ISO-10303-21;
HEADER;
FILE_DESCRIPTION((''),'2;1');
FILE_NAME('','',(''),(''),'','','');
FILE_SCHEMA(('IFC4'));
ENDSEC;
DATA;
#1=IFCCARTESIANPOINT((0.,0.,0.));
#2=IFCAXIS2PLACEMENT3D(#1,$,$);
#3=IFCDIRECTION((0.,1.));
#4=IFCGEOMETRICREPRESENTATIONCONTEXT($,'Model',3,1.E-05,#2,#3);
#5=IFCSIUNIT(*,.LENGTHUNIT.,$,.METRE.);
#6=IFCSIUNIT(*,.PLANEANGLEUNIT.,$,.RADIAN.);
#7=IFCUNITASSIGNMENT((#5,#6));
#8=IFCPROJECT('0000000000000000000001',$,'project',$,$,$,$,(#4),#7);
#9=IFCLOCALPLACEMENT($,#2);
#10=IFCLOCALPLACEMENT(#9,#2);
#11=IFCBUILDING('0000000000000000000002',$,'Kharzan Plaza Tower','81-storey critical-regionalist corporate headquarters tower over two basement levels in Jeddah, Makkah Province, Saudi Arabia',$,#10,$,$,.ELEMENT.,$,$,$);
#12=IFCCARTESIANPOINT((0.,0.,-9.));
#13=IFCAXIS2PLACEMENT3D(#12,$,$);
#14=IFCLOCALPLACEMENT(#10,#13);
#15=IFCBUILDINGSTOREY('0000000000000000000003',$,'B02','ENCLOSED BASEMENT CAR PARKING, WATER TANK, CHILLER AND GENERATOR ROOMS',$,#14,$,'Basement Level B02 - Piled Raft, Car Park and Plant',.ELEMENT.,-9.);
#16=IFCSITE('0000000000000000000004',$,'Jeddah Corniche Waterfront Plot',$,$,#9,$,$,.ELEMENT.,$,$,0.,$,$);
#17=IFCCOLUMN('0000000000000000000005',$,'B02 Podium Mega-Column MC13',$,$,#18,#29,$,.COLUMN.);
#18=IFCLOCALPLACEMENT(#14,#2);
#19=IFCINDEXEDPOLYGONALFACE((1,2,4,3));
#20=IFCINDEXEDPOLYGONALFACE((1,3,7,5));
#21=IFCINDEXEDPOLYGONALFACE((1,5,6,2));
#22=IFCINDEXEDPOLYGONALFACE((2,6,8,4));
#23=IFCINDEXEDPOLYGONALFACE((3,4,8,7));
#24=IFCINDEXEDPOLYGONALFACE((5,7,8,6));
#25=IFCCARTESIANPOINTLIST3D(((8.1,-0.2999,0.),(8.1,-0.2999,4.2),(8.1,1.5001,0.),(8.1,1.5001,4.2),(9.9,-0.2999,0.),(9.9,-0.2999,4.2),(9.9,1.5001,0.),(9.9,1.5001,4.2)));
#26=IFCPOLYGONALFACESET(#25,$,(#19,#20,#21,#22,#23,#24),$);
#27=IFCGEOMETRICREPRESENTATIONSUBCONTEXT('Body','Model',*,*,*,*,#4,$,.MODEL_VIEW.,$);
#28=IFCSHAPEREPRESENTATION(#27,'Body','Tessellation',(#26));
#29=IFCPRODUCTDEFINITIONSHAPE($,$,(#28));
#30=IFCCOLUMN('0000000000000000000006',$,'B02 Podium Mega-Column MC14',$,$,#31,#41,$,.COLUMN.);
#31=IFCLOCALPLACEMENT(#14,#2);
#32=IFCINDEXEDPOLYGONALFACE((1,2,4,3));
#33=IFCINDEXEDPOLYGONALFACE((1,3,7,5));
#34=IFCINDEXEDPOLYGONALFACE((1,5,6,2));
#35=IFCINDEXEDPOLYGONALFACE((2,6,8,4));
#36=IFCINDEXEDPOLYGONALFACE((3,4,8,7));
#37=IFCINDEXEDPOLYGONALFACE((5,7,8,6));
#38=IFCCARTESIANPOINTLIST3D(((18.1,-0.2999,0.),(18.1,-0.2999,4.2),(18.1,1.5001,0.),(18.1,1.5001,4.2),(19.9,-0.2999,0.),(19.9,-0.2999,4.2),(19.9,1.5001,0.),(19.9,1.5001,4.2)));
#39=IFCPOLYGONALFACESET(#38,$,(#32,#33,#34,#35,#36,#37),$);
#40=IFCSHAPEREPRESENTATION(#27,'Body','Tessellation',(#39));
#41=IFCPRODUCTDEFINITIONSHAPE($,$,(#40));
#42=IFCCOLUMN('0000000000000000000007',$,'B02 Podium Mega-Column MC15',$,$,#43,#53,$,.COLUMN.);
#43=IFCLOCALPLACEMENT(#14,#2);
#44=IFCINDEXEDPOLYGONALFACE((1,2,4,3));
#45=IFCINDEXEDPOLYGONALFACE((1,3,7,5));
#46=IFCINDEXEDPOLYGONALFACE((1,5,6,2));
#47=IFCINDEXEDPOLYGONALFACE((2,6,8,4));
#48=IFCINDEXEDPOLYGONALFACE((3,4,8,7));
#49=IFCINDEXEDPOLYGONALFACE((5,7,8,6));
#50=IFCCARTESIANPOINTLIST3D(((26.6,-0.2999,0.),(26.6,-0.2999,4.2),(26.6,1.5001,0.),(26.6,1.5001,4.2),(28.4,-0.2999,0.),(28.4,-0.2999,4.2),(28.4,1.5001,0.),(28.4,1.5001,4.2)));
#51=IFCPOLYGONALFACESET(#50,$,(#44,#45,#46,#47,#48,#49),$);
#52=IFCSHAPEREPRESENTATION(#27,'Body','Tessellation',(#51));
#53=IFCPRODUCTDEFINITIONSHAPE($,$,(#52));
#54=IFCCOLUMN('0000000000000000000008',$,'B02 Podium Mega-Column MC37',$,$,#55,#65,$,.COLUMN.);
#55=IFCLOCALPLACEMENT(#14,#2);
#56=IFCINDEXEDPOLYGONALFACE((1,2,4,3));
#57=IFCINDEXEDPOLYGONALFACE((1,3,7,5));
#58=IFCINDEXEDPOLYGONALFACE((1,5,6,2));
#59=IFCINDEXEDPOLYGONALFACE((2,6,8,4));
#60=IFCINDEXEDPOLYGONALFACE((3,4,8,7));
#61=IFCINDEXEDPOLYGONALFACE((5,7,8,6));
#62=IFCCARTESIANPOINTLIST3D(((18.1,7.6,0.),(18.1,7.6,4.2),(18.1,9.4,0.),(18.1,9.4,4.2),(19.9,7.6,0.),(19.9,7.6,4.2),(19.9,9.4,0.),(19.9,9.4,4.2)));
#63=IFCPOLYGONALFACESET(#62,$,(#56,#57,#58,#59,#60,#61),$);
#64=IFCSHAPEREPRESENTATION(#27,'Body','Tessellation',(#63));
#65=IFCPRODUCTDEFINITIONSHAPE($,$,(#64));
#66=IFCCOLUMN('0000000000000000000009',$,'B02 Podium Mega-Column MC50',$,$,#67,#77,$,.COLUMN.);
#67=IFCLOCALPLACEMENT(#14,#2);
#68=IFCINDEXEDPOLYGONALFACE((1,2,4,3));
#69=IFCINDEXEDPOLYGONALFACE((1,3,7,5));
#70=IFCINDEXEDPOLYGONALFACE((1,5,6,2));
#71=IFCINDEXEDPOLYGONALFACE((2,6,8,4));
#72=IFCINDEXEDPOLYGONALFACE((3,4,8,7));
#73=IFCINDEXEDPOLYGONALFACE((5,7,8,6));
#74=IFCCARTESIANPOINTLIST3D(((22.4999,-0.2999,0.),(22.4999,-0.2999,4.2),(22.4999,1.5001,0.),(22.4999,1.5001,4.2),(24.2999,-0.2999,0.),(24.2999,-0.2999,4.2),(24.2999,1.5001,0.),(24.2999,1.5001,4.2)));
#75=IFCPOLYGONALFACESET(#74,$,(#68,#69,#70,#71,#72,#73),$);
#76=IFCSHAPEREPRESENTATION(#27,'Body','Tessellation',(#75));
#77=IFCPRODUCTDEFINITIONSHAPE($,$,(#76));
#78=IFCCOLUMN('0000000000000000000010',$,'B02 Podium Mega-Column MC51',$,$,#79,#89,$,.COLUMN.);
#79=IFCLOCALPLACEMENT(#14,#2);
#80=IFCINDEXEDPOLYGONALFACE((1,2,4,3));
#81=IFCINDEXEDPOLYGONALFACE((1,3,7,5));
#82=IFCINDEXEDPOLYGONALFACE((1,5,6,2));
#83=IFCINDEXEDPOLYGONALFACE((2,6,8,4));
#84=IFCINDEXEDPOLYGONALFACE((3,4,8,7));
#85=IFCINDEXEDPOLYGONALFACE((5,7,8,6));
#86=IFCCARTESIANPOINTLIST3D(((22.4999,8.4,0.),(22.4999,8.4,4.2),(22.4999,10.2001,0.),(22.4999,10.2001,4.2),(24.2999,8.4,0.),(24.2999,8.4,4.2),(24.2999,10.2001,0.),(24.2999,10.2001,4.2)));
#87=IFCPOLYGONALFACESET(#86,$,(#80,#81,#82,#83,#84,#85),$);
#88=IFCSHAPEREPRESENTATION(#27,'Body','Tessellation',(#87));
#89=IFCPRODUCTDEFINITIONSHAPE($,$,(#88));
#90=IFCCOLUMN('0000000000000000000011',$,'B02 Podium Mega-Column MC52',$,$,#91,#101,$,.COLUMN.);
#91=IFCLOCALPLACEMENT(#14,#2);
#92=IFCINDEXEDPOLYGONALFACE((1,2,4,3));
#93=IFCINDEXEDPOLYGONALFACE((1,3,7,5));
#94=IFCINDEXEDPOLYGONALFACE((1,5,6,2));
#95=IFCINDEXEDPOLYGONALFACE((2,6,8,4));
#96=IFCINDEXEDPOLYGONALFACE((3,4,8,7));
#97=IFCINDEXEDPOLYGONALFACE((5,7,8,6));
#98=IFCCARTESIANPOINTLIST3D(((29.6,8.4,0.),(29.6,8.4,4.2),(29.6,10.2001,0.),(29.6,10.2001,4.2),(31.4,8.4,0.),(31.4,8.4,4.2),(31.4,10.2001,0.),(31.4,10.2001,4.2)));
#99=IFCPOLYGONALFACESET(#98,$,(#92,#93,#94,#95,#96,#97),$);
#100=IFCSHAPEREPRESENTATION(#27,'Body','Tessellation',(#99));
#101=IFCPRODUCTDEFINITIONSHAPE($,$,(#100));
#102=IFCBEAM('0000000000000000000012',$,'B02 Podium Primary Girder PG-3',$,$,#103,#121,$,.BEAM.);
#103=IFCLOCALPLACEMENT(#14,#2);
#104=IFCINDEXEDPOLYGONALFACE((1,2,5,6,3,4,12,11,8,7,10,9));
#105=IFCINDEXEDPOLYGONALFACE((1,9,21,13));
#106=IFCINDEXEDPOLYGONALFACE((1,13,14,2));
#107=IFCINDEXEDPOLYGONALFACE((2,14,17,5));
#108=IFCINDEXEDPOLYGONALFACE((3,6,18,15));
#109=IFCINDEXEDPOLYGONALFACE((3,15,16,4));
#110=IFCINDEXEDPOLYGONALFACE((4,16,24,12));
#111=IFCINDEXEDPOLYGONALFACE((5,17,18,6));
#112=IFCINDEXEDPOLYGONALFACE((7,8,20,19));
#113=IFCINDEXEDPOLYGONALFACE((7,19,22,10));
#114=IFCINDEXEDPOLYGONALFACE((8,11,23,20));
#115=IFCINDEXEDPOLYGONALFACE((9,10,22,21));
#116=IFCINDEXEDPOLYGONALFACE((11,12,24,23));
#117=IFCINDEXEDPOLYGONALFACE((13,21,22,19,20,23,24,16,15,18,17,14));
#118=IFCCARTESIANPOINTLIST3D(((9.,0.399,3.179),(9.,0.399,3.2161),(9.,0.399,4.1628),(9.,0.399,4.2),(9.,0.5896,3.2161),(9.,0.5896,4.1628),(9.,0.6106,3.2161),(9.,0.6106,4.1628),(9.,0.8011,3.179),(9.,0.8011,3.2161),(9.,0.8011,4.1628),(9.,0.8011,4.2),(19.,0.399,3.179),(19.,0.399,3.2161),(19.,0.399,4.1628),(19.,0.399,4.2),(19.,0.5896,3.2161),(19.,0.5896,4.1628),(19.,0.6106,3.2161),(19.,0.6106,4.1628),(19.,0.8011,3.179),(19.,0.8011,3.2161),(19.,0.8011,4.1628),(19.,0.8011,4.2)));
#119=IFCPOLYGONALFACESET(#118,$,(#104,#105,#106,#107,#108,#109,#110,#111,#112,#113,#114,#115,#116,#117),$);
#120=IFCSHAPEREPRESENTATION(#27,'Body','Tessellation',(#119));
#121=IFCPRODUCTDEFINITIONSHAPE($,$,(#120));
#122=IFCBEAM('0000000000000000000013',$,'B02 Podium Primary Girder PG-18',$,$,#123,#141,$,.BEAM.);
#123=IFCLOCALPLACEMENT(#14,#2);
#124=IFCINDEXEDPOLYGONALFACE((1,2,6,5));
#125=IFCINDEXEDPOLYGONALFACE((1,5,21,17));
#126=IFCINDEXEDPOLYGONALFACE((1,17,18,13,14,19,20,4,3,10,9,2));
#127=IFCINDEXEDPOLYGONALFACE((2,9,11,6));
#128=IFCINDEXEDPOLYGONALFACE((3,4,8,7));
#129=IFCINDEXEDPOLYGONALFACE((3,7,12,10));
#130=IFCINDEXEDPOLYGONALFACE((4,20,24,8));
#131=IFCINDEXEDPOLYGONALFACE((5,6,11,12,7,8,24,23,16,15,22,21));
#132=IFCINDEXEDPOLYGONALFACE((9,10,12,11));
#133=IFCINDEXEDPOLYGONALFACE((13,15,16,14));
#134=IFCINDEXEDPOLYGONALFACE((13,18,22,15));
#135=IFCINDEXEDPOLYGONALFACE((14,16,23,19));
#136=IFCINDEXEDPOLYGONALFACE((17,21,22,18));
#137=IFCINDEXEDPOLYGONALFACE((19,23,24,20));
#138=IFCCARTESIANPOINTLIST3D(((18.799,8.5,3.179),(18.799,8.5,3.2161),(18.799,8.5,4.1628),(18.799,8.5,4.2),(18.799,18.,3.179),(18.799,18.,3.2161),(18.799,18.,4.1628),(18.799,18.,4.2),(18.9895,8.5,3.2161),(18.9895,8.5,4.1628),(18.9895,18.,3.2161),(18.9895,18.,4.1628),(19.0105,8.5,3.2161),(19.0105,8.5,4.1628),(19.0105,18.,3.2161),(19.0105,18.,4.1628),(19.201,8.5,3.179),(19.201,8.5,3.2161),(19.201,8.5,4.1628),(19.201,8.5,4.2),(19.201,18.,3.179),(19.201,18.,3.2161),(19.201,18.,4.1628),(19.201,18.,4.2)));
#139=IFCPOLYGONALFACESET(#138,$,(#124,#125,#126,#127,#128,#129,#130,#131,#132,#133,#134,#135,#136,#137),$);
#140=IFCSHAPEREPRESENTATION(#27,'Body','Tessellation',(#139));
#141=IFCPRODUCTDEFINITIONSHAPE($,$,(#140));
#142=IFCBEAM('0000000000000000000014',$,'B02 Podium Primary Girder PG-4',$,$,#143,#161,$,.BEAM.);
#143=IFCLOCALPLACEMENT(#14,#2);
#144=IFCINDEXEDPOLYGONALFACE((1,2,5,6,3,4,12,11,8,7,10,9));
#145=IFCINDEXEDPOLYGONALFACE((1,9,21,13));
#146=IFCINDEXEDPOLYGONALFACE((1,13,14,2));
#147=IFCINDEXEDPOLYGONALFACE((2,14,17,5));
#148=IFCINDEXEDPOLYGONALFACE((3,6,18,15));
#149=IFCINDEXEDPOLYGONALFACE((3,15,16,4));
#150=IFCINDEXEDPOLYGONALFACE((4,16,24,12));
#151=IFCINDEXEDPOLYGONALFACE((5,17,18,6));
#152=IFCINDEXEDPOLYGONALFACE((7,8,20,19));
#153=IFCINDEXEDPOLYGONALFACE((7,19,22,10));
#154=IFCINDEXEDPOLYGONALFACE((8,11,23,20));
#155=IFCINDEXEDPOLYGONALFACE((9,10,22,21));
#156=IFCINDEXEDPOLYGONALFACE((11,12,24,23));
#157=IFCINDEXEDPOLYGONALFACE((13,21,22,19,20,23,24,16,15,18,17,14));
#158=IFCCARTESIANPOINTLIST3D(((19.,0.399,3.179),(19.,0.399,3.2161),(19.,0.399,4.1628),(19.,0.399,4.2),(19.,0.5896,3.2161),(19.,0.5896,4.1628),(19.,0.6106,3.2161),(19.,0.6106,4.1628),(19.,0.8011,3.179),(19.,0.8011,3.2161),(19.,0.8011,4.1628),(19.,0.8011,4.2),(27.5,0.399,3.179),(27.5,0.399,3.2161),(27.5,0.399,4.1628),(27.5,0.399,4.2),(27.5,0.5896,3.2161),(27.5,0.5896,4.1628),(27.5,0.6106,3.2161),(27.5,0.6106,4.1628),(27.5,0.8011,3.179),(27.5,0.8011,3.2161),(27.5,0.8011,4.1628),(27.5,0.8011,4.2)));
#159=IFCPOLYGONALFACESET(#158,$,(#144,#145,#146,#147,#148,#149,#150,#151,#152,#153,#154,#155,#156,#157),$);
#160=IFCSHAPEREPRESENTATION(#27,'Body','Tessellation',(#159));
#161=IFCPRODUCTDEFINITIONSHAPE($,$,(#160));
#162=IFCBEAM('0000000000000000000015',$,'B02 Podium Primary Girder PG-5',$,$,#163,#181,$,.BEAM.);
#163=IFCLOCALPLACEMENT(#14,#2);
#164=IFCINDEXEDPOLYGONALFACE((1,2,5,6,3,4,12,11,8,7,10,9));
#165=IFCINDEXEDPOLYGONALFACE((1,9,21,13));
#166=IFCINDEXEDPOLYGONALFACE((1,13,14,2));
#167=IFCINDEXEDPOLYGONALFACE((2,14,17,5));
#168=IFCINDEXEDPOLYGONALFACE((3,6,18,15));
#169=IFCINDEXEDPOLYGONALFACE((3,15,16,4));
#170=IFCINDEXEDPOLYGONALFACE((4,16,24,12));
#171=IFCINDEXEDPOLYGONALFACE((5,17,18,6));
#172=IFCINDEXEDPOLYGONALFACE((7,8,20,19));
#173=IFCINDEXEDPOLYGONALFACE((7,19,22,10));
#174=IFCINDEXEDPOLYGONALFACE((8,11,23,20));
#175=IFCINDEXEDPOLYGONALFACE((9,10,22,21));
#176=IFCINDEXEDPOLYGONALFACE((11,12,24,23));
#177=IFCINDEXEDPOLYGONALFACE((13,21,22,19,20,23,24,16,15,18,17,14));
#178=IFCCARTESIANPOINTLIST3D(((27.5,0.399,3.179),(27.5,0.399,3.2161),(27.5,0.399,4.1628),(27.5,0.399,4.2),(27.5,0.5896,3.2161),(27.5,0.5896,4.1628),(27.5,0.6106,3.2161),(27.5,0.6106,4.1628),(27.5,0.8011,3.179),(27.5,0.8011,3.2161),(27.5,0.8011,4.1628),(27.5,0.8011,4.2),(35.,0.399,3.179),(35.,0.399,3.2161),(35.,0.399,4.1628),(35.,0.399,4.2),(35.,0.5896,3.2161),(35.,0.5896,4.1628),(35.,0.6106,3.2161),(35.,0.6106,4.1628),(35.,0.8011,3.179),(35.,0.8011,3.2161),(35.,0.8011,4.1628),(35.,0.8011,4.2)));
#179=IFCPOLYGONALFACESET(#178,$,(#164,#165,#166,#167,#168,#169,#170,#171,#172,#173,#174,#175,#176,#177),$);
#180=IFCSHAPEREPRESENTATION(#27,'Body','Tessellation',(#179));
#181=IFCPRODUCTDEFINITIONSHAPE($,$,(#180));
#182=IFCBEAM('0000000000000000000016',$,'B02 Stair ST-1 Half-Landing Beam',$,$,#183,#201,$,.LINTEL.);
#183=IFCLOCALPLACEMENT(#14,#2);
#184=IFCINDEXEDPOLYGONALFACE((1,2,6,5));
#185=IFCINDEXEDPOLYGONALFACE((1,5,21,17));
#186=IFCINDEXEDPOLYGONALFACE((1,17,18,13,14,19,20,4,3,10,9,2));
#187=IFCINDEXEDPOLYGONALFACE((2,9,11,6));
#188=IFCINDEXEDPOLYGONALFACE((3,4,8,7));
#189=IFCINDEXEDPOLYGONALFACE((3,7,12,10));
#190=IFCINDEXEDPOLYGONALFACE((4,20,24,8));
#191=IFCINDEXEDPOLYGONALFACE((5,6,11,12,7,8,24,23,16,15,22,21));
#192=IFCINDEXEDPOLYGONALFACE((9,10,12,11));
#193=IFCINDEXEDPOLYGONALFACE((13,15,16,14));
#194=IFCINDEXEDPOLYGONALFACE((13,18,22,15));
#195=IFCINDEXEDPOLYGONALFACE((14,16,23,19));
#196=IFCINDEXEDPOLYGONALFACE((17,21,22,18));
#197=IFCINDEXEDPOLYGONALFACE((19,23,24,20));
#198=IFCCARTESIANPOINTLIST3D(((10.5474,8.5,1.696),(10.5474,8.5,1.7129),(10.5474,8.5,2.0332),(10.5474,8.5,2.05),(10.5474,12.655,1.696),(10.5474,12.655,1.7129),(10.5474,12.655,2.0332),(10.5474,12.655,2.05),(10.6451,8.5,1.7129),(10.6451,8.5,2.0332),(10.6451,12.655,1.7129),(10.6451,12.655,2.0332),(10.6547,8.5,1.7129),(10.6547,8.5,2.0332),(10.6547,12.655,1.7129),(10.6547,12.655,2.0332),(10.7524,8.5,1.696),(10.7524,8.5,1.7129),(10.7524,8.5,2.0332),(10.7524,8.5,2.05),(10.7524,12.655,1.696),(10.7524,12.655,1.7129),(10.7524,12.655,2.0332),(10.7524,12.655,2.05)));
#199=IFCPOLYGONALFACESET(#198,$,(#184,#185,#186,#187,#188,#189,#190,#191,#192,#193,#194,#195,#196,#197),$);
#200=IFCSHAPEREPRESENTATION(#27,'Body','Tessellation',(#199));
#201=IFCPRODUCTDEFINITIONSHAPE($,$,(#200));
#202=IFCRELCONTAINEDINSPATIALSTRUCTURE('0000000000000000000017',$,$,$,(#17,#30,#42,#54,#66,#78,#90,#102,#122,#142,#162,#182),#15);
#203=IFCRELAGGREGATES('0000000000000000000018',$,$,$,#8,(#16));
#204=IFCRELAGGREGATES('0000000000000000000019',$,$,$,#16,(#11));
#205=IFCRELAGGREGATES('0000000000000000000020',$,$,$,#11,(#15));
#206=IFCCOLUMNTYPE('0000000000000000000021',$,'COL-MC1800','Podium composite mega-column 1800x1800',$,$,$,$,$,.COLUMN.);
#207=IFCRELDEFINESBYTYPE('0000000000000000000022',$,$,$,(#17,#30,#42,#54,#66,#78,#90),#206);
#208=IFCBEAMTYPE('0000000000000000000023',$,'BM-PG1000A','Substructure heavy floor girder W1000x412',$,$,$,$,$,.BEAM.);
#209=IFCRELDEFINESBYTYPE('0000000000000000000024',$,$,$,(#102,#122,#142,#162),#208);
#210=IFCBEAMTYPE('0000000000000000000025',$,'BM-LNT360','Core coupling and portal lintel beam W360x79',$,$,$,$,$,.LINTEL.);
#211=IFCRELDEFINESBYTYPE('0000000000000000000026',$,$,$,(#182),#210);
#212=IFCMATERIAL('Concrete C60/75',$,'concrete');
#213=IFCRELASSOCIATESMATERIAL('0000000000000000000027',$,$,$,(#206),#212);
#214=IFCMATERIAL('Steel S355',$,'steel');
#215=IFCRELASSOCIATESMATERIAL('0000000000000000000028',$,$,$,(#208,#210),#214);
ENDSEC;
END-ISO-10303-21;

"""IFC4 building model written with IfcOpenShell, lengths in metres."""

from ifc_helpers import new_model, si_unit, direction, frame, origin, origin_2d, place, context, subcontext, project, spatial, rectangle, i_section, extrude, source, transform, mapped, material, material_profile, profile_set, type_object, element, save


model = new_model("IFC4")

# Units and contexts
model_context = context("Model", 3, precision=1e-05, world=origin(), true_north=direction((0.0, 1.0)))
body_context = subcontext(model_context, "Body", "Model", "MODEL_VIEW")
ifc_project = project(units=[si_unit("LENGTHUNIT", "METRE"), si_unit("PLANEANGLEUNIT", "RADIAN")], contexts=[model_context])

# Site, building, storey
site_placement = place(None, origin())
site = spatial("IfcSite", under=ifc_project, at=site_placement, Name="Jeddah Corniche Waterfront Plot", CompositionType="ELEMENT", RefElevation=0.0)
building_placement = place(site_placement, origin())
building = spatial("IfcBuilding", under=site, at=building_placement, Name="Kharzan Plaza Tower", Description="81-storey critical-regionalist corporate headquarters tower over two basement levels in Jeddah, Makkah Province, Saudi Arabia", CompositionType="ELEMENT")
storey_placement = place(building_placement, frame((0.0, 0.0, -9.0)))
storey = spatial("IfcBuildingStorey", under=building, at=storey_placement, Name="B02", Description="ENCLOSED BASEMENT CAR PARKING, WATER TANK, CHILLER AND GENERATOR ROOMS", LongName="Basement Level B02 - Piled Raft, Car Park and Plant", CompositionType="ELEMENT", Elevation=-9.0)

# Columns
ifc_material_1 = material(Name="Concrete C60/75", Category="concrete")
ifc_material_profile_1 = material_profile(ifc_material_1, rectangle(XDim=1.8, YDim=1.8, at=origin_2d()), Name="RC-MC1800x1800")
ifc_profile_set_1 = profile_set([ifc_material_profile_1], Name="Concrete C60/75")
column_type = type_object("IfcColumnType", Name="COL-MC1800", Description="Podium composite mega-column 1800x1800", PredefinedType="COLUMN", material=ifc_profile_set_1)
shared_shape_1 = source(origin(), body_context, "Body", "SweptSolid", [
    extrude(rectangle(XDim=1.8, YDim=1.8, at=origin_2d()), origin(), (0.0, 0.0, 1.0), 4.2),
])
for number, where, z_axis, x_axis, name in (
    (1, (9.0, 0.6001, 0.0), (0.0, 0.0, 1.0), (1.0, 0.0, 0.0), "B02 Podium Mega-Column MC13"),
    (2, (19.0, 0.6001, 0.0), (0.0, 0.0, 1.0), (1.0, 0.0, 0.0), "B02 Podium Mega-Column MC14"),
    (3, (27.5, 0.6001, 0.0), (0.0, 0.0, 1.0), (1.0, 0.0, 0.0), "B02 Podium Mega-Column MC15"),
    (4, (19.0, 8.5, 0.0), (0.0, 0.0, 1.0), (1.0, 0.0, 0.0), "B02 Podium Mega-Column MC37"),
    (5, (23.3999, 0.6001, 0.0), (0.0, 0.0, 1.0), (1.0, 0.0, 0.0), "B02 Podium Mega-Column MC50"),
    (6, (23.3999, 9.3, 0.0), (0.0, 0.0, 1.0), (1.0, 0.0, 0.0), "B02 Podium Mega-Column MC51"),
    (7, (30.5, 9.3, 0.0), (0.0, 0.0, 1.0), (1.0, 0.0, 0.0), "B02 Podium Mega-Column MC52"),
):
    element("IfcColumn", number, at=place(storey_placement, frame(where, z_axis=z_axis, x_axis=x_axis)), inside=storey, type_object=column_type, Name=name, PredefinedType="COLUMN", context=body_context, shape_type="MappedRepresentation", body=[
        mapped(shared_shape_1, transform((0.0, 0.0, 0.0), x_axis=(1.0, 0.0, 0.0), y_axis=(0.0, 1.0, 0.0), z_axis=(0.0, 0.0, 1.0))),
    ])

# Beams
ifc_material_2 = material(Name="Steel S355", Category="steel")
ifc_material_profile_2 = material_profile(ifc_material_2, i_section(OverallWidth=0.4021, OverallDepth=1.021, WebThickness=0.021, FlangeThickness=0.0371, at=origin_2d()), Name="W1000x412")
ifc_profile_set_2 = profile_set([ifc_material_profile_2], Name="Steel S355")
beam_type_1 = type_object("IfcBeamType", Name="BM-PG1000A", Description="Substructure heavy floor girder W1000x412", PredefinedType="BEAM", material=ifc_profile_set_2)
shared_shape_2 = source(origin(), body_context, "Body", "SweptSolid", [
    extrude(i_section(OverallWidth=0.4021, OverallDepth=1.021, WebThickness=0.021, FlangeThickness=0.0371, at=origin_2d()), origin(), (0.0, 0.0, 1.0), 10.0),
])
beam_1_placement = place(storey_placement, frame((9.0, 0.6001, 3.6895), z_axis=(1.0, 0.0, 0.0), x_axis=(0.0, 1.0, 0.0)))
element("IfcBeam", 8, at=beam_1_placement, inside=storey, type_object=beam_type_1, Name="B02 Podium Primary Girder PG-3", PredefinedType="BEAM", context=body_context, shape_type="MappedRepresentation", body=[
    mapped(shared_shape_2, transform((0.0, 0.0, 0.0), x_axis=(1.0, 0.0, 0.0), y_axis=(0.0, 1.0, 0.0), z_axis=(0.0, 0.0, 1.0))),
])
shared_shape_3 = source(origin(), body_context, "Body", "SweptSolid", [
    extrude(i_section(OverallWidth=0.4021, OverallDepth=1.021, WebThickness=0.021, FlangeThickness=0.0371, at=origin_2d()), origin(), (0.0, 0.0, 1.0), 9.5),
])
beam_2_placement = place(storey_placement, frame((19.0, 8.5, 3.6895), z_axis=(0.0, 1.0, 0.0), x_axis=(-1.0, 0.0, 0.0)))
element("IfcBeam", 9, at=beam_2_placement, inside=storey, type_object=beam_type_1, Name="B02 Podium Primary Girder PG-18", PredefinedType="BEAM", context=body_context, shape_type="MappedRepresentation", body=[
    mapped(shared_shape_3, transform((0.0, 0.0, 0.0), x_axis=(1.0, 0.0, 0.0), y_axis=(0.0, 1.0, 0.0), z_axis=(0.0, 0.0, 1.0))),
])
shared_shape_4 = source(origin(), body_context, "Body", "SweptSolid", [
    extrude(i_section(OverallWidth=0.4021, OverallDepth=1.021, WebThickness=0.021, FlangeThickness=0.0371, at=origin_2d()), origin(), (0.0, 0.0, 1.0), 8.5),
])
beam_3_placement = place(storey_placement, frame((19.0, 0.6001, 3.6895), z_axis=(1.0, 0.0, 0.0), x_axis=(0.0, 1.0, 0.0)))
element("IfcBeam", 10, at=beam_3_placement, inside=storey, type_object=beam_type_1, Name="B02 Podium Primary Girder PG-4", PredefinedType="BEAM", context=body_context, shape_type="MappedRepresentation", body=[
    mapped(shared_shape_4, transform((0.0, 0.0, 0.0), x_axis=(1.0, 0.0, 0.0), y_axis=(0.0, 1.0, 0.0), z_axis=(0.0, 0.0, 1.0))),
])
shared_shape_5 = source(origin(), body_context, "Body", "SweptSolid", [
    extrude(i_section(OverallWidth=0.4021, OverallDepth=1.021, WebThickness=0.021, FlangeThickness=0.0371, at=origin_2d()), origin(), (0.0, 0.0, 1.0), 7.5),
])
beam_4_placement = place(storey_placement, frame((27.5, 0.6001, 3.6895), z_axis=(1.0, 0.0, 0.0), x_axis=(0.0, 1.0, 0.0)))
element("IfcBeam", 11, at=beam_4_placement, inside=storey, type_object=beam_type_1, Name="B02 Podium Primary Girder PG-5", PredefinedType="BEAM", context=body_context, shape_type="MappedRepresentation", body=[
    mapped(shared_shape_5, transform((0.0, 0.0, 0.0), x_axis=(1.0, 0.0, 0.0), y_axis=(0.0, 1.0, 0.0), z_axis=(0.0, 0.0, 1.0))),
])
ifc_material_profile_3 = material_profile(ifc_material_2, i_section(OverallWidth=0.2051, OverallDepth=0.354, WebThickness=0.0095, FlangeThickness=0.0168, at=origin_2d()), Name="W360x79")
ifc_profile_set_3 = profile_set([ifc_material_profile_3], Name="Steel S355")
beam_type_2 = type_object("IfcBeamType", Name="BM-LNT360", Description="Core coupling and portal lintel beam W360x79", PredefinedType="LINTEL", material=ifc_profile_set_3)
shared_shape_6 = source(origin(), body_context, "Body", "SweptSolid", [
    extrude(i_section(OverallWidth=0.2051, OverallDepth=0.354, WebThickness=0.0095, FlangeThickness=0.0168, at=origin_2d()), origin(), (0.0, 0.0, 1.0), 4.155),
])
beam_5_placement = place(storey_placement, frame((10.6499, 8.5, 1.873), z_axis=(0.0, 1.0, 0.0), x_axis=(-1.0, 0.0, 0.0)))
element("IfcBeam", 12, at=beam_5_placement, inside=storey, type_object=beam_type_2, Name="B02 Stair ST-1 Half-Landing Beam", PredefinedType="LINTEL", context=body_context, shape_type="MappedRepresentation", body=[
    mapped(shared_shape_6, transform((0.0, 0.0, 0.0), x_axis=(1.0, 0.0, 0.0), y_axis=(0.0, 1.0, 0.0), z_axis=(0.0, 0.0, 1.0))),
])

save(model, "model.ifc")
